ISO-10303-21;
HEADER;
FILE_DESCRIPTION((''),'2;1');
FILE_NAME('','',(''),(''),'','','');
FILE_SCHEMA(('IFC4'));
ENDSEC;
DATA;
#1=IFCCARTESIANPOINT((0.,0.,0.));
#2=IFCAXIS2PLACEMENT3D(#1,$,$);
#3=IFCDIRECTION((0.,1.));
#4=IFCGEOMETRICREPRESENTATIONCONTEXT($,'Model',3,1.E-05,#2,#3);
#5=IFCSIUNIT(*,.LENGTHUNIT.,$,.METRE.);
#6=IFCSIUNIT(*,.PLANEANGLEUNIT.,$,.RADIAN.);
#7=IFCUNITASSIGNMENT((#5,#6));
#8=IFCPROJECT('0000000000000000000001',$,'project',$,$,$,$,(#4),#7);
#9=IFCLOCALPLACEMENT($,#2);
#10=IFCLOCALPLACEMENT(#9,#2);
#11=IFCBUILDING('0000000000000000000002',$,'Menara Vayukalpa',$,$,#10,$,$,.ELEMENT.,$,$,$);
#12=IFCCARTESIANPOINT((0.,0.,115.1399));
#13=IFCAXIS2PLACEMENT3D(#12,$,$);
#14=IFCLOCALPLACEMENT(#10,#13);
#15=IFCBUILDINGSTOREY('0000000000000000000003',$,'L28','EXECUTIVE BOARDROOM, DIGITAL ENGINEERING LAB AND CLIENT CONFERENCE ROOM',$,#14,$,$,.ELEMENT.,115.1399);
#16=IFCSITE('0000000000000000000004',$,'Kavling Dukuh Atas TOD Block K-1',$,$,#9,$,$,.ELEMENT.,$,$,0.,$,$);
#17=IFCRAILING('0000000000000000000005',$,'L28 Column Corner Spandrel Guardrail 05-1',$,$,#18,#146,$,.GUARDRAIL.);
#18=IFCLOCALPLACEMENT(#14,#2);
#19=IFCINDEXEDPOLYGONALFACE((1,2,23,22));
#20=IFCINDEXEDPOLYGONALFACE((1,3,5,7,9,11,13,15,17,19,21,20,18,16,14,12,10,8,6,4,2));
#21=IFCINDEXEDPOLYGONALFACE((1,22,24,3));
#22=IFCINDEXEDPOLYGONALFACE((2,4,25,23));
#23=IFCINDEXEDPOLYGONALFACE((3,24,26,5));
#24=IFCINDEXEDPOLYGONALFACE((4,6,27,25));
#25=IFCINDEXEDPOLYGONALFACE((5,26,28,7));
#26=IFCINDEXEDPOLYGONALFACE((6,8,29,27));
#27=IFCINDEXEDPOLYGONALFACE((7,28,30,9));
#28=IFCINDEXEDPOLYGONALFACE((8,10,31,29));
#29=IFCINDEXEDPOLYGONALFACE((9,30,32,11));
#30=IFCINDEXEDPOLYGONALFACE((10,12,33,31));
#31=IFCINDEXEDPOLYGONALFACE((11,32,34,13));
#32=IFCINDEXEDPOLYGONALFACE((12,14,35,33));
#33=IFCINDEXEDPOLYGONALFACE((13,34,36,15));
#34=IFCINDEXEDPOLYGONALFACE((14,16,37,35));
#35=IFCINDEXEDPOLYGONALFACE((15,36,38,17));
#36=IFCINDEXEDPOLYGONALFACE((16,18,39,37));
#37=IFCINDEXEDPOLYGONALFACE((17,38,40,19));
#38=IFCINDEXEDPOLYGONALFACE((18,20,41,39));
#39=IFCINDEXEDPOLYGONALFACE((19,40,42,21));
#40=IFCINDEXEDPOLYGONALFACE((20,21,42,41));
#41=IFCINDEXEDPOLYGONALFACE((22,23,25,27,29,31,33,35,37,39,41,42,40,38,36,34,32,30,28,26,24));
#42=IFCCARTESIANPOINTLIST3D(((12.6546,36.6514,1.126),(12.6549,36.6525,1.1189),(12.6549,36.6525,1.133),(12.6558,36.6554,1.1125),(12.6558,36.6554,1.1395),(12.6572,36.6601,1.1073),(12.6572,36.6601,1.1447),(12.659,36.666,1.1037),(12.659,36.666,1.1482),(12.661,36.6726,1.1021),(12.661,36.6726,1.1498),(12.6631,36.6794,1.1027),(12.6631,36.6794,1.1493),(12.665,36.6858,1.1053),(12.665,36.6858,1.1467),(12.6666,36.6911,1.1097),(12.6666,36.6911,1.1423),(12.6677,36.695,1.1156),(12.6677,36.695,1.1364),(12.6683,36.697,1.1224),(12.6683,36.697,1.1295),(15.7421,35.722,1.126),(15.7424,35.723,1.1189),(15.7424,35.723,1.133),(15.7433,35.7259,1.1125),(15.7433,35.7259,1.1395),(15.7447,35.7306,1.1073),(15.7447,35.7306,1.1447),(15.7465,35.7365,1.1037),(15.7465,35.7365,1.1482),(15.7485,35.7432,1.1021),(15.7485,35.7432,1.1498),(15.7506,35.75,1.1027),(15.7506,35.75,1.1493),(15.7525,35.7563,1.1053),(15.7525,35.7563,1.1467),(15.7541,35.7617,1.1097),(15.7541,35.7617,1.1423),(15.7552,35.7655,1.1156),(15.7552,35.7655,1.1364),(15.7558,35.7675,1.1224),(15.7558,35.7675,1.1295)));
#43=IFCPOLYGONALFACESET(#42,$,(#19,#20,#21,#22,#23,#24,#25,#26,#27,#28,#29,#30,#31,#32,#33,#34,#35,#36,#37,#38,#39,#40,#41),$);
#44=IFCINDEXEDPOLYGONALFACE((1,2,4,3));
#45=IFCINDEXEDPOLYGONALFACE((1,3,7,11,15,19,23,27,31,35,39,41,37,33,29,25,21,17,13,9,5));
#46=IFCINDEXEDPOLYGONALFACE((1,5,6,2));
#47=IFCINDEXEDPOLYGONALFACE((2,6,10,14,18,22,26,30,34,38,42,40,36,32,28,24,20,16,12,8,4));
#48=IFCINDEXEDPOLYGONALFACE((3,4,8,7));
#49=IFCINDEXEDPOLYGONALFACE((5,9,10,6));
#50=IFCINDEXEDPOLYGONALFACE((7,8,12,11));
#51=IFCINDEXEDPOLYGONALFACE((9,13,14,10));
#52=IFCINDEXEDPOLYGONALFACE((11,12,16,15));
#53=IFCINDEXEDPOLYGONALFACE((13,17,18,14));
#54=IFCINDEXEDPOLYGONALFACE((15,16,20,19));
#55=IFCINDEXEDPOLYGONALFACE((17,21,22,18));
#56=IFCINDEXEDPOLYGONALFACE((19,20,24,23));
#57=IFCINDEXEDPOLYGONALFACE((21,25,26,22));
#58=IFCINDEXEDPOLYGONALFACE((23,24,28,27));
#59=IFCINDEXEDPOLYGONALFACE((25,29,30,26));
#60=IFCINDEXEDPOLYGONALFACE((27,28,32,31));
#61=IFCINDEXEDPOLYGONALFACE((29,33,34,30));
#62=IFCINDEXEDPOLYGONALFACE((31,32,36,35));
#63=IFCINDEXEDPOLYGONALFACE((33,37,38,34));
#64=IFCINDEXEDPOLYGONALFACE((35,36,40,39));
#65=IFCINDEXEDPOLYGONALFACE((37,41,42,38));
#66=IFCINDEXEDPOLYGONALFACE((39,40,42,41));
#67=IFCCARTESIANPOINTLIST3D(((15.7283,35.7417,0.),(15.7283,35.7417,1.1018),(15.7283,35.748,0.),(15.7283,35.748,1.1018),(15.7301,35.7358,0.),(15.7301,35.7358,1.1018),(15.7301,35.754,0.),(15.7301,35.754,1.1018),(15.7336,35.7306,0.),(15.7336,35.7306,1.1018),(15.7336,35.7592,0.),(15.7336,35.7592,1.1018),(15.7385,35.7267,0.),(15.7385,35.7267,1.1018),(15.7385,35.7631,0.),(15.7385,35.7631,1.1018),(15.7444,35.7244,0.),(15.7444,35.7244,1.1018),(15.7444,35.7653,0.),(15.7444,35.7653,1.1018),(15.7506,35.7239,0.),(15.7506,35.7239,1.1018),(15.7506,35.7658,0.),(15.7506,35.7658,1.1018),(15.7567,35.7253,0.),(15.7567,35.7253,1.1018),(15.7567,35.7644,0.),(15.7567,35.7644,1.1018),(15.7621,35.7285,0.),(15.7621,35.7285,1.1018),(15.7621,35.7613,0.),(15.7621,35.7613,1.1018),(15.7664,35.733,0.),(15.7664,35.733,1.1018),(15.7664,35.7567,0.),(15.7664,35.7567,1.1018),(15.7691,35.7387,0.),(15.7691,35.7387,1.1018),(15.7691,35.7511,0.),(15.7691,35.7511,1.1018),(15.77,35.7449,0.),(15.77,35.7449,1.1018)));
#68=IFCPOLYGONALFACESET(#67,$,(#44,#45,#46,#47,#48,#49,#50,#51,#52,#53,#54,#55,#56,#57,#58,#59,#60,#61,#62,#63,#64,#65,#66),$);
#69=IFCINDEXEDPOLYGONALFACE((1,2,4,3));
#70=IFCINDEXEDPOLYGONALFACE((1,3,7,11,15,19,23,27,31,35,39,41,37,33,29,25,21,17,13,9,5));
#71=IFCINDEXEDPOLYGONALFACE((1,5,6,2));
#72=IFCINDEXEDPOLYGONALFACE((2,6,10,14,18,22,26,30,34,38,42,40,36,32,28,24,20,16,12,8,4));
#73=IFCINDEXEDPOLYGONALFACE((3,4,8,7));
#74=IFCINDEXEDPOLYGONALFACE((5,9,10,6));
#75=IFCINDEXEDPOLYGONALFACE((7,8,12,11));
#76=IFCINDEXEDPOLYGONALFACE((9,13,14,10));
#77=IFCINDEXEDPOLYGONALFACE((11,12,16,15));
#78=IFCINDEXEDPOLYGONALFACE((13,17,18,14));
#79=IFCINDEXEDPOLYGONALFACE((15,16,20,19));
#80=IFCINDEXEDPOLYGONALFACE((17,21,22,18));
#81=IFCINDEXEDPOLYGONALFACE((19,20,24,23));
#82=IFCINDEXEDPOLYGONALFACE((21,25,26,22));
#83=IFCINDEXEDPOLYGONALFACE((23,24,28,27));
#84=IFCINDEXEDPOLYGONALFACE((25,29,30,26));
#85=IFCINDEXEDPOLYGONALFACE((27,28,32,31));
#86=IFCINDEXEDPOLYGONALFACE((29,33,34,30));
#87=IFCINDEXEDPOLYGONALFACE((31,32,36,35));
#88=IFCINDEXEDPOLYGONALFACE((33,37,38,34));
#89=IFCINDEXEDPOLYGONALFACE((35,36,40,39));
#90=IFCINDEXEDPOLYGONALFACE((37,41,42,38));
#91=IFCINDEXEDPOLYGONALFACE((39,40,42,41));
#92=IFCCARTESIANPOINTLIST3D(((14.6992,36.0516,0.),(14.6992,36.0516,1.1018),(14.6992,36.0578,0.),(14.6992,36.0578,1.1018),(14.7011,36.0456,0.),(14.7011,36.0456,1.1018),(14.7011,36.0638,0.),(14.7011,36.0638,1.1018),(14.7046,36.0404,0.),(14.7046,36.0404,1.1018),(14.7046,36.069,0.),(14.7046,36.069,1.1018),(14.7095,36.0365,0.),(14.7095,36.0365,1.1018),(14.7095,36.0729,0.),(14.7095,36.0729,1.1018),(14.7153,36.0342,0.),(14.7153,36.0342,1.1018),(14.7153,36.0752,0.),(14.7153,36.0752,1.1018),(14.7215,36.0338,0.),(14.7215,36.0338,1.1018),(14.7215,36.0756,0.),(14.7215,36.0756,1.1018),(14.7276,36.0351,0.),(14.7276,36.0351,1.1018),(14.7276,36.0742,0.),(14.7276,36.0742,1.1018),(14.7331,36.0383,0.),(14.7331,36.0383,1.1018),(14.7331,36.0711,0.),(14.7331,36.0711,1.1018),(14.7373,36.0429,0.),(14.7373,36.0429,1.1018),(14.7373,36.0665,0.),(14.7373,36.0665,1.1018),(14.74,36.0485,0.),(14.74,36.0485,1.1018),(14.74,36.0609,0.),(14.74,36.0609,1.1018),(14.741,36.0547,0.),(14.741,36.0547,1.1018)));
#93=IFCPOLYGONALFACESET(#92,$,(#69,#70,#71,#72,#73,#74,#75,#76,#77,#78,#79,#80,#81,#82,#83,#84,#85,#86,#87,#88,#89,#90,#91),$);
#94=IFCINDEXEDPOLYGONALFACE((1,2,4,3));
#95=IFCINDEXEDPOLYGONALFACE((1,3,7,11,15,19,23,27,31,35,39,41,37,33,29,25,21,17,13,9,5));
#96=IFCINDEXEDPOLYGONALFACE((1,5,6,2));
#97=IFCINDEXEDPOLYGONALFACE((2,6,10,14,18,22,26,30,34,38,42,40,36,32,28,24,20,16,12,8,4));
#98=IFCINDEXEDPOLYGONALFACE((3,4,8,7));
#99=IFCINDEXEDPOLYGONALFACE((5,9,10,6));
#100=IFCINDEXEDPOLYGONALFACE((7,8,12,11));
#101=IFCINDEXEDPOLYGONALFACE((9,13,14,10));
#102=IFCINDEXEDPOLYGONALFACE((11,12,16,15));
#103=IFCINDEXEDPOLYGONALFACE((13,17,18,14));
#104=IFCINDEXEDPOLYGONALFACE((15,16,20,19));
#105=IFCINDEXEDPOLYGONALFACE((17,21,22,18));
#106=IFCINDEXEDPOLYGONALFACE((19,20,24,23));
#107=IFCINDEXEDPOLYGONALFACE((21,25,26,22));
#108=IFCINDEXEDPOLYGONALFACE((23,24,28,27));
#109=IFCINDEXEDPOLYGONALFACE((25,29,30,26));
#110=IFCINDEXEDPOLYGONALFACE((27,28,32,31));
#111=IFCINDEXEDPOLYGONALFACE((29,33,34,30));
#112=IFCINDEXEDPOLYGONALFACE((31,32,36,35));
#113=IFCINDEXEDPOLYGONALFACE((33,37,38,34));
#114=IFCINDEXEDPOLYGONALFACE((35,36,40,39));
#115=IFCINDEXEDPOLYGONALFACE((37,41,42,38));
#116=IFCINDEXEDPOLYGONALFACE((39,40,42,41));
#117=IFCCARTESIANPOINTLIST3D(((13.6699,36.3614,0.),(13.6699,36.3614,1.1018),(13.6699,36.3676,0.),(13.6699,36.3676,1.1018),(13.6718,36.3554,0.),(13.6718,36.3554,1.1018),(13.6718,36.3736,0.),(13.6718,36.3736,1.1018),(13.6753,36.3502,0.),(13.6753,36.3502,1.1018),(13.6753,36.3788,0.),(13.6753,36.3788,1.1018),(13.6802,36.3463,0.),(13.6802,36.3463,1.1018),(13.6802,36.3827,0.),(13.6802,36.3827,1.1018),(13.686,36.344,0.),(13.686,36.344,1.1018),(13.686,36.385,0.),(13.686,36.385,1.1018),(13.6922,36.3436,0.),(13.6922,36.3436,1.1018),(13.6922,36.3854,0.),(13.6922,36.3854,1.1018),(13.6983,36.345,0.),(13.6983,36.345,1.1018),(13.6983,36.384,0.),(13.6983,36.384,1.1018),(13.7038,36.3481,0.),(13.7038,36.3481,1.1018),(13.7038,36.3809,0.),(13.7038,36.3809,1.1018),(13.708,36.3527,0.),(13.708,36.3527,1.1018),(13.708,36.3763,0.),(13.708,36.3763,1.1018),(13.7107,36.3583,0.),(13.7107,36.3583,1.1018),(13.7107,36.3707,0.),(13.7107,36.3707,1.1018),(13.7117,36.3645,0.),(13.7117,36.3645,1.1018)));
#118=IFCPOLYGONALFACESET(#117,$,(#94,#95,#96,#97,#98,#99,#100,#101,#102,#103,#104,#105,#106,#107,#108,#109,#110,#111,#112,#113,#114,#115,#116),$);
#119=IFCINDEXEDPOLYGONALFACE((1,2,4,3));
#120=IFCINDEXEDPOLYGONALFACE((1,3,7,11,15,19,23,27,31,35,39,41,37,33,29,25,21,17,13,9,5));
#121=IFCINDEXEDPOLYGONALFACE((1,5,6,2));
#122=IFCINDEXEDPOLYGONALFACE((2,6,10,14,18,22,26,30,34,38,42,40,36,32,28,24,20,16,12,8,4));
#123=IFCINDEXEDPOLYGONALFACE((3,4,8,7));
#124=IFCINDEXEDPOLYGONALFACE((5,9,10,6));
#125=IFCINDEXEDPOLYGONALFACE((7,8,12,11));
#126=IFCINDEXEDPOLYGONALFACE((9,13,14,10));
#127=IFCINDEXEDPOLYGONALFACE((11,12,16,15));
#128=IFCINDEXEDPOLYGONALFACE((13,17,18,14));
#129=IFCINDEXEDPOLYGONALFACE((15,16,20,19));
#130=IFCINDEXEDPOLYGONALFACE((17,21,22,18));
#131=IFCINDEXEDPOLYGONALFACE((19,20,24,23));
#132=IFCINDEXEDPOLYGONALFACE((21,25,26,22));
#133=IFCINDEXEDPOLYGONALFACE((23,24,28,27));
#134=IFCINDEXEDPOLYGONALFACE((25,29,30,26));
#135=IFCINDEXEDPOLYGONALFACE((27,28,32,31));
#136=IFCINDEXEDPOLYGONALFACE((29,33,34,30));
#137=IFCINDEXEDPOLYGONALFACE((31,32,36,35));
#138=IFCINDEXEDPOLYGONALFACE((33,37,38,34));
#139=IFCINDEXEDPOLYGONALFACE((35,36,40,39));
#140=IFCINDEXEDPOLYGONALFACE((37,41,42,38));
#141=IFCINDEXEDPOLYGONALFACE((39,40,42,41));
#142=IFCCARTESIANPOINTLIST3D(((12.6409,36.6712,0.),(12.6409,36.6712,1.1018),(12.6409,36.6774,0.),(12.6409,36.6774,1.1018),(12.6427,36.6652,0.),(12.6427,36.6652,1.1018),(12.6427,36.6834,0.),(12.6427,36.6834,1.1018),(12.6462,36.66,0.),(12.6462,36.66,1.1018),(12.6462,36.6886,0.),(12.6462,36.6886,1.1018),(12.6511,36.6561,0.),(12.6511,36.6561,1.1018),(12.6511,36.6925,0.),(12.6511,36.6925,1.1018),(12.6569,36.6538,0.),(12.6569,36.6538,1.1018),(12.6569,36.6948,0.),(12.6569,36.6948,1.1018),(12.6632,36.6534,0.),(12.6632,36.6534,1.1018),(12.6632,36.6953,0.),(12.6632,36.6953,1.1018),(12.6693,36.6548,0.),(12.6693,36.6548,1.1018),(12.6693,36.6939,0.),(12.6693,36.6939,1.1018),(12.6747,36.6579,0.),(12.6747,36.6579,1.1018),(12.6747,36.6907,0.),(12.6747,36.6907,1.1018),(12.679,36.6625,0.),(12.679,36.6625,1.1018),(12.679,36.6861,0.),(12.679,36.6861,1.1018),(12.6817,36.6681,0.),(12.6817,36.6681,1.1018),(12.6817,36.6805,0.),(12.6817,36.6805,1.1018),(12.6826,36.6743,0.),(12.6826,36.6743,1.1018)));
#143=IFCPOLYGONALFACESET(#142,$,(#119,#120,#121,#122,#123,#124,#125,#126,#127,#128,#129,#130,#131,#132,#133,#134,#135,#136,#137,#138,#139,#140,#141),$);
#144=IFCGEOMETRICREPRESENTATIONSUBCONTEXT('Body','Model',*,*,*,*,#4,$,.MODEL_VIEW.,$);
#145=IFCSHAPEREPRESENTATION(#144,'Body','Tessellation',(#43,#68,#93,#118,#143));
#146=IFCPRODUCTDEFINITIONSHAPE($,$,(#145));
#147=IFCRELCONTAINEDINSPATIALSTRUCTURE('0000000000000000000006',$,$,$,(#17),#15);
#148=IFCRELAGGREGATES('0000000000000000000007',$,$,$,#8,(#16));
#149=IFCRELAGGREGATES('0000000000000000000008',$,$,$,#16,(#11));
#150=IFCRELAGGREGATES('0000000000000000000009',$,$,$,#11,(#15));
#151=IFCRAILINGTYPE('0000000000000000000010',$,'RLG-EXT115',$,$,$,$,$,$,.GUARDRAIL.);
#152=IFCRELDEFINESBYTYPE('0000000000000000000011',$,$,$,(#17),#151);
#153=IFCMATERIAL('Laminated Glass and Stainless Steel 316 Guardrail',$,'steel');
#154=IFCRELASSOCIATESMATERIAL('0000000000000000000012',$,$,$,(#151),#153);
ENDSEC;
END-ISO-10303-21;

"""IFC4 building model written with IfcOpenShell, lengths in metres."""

from ifc_helpers import new_model, si_unit, direction, frame, origin, origin_2d, place, context, subcontext, project, spatial, circle, extrude, material, type_object, element, save


model = new_model("IFC4")

# Units and contexts
model_context = context("Model", 3, precision=1e-05, world=origin(), true_north=direction((0.0, 1.0)))
body_context = subcontext(model_context, "Body", "Model", "MODEL_VIEW")
ifc_project = project(units=[si_unit("LENGTHUNIT", "METRE"), si_unit("PLANEANGLEUNIT", "RADIAN")], contexts=[model_context])

# Site, building, storey
site_placement = place(None, origin())
site = spatial("IfcSite", under=ifc_project, at=site_placement, Name="Kavling Dukuh Atas TOD Block K-1", CompositionType="ELEMENT", RefElevation=0.0)
building_placement = place(site_placement, origin())
building = spatial("IfcBuilding", under=site, at=building_placement, Name="Menara Vayukalpa", CompositionType="ELEMENT")
storey_placement = place(building_placement, frame((0.0, 0.0, 115.1399)))
storey = spatial("IfcBuildingStorey", under=building, at=storey_placement, Name="L28", Description="EXECUTIVE BOARDROOM, DIGITAL ENGINEERING LAB AND CLIENT CONFERENCE ROOM", CompositionType="ELEMENT", Elevation=115.1399)

# Railing
ifc_material_1 = material(Name="Laminated Glass and Stainless Steel 316 Guardrail", Category="steel")
railing_type = type_object("IfcRailingType", Name="RLG-EXT115", PredefinedType="GUARDRAIL", material=ifc_material_1)
railing_placement = place(storey_placement, frame((15.749, 35.7449, 0.0)))
element("IfcRailing", 1, at=railing_placement, inside=storey, type_object=railing_type, Name="L28 Column Corner Spandrel Guardrail 05-1", PredefinedType="GUARDRAIL", context=body_context, shape_type="SweptSolid", body=[
    extrude(circle(Radius=0.0239, at=origin_2d()), frame((0.0, 0.0, 1.126), z_axis=(-0.957551, 0.288265, 0.0), x_axis=(-0.288265, -0.957551, 0.0)), (0.0, 0.0, 1.0), 3.2244),
    extrude(circle(Radius=0.021, at=origin_2d()), origin(), (0.0, 0.0, 1.0), 1.1018),
    extrude(circle(Radius=0.021, at=origin_2d()), frame((-1.0291, 0.3098, 0.0)), (0.0, 0.0, 1.0), 1.1018),
    extrude(circle(Radius=0.021, at=origin_2d()), frame((-2.0583, 0.6196, 0.0)), (0.0, 0.0, 1.0), 1.1018),
    extrude(circle(Radius=0.021, at=origin_2d()), frame((-3.0874, 0.9294, 0.0)), (0.0, 0.0, 1.0), 1.1018),
])

save(model, "model.ifc")
